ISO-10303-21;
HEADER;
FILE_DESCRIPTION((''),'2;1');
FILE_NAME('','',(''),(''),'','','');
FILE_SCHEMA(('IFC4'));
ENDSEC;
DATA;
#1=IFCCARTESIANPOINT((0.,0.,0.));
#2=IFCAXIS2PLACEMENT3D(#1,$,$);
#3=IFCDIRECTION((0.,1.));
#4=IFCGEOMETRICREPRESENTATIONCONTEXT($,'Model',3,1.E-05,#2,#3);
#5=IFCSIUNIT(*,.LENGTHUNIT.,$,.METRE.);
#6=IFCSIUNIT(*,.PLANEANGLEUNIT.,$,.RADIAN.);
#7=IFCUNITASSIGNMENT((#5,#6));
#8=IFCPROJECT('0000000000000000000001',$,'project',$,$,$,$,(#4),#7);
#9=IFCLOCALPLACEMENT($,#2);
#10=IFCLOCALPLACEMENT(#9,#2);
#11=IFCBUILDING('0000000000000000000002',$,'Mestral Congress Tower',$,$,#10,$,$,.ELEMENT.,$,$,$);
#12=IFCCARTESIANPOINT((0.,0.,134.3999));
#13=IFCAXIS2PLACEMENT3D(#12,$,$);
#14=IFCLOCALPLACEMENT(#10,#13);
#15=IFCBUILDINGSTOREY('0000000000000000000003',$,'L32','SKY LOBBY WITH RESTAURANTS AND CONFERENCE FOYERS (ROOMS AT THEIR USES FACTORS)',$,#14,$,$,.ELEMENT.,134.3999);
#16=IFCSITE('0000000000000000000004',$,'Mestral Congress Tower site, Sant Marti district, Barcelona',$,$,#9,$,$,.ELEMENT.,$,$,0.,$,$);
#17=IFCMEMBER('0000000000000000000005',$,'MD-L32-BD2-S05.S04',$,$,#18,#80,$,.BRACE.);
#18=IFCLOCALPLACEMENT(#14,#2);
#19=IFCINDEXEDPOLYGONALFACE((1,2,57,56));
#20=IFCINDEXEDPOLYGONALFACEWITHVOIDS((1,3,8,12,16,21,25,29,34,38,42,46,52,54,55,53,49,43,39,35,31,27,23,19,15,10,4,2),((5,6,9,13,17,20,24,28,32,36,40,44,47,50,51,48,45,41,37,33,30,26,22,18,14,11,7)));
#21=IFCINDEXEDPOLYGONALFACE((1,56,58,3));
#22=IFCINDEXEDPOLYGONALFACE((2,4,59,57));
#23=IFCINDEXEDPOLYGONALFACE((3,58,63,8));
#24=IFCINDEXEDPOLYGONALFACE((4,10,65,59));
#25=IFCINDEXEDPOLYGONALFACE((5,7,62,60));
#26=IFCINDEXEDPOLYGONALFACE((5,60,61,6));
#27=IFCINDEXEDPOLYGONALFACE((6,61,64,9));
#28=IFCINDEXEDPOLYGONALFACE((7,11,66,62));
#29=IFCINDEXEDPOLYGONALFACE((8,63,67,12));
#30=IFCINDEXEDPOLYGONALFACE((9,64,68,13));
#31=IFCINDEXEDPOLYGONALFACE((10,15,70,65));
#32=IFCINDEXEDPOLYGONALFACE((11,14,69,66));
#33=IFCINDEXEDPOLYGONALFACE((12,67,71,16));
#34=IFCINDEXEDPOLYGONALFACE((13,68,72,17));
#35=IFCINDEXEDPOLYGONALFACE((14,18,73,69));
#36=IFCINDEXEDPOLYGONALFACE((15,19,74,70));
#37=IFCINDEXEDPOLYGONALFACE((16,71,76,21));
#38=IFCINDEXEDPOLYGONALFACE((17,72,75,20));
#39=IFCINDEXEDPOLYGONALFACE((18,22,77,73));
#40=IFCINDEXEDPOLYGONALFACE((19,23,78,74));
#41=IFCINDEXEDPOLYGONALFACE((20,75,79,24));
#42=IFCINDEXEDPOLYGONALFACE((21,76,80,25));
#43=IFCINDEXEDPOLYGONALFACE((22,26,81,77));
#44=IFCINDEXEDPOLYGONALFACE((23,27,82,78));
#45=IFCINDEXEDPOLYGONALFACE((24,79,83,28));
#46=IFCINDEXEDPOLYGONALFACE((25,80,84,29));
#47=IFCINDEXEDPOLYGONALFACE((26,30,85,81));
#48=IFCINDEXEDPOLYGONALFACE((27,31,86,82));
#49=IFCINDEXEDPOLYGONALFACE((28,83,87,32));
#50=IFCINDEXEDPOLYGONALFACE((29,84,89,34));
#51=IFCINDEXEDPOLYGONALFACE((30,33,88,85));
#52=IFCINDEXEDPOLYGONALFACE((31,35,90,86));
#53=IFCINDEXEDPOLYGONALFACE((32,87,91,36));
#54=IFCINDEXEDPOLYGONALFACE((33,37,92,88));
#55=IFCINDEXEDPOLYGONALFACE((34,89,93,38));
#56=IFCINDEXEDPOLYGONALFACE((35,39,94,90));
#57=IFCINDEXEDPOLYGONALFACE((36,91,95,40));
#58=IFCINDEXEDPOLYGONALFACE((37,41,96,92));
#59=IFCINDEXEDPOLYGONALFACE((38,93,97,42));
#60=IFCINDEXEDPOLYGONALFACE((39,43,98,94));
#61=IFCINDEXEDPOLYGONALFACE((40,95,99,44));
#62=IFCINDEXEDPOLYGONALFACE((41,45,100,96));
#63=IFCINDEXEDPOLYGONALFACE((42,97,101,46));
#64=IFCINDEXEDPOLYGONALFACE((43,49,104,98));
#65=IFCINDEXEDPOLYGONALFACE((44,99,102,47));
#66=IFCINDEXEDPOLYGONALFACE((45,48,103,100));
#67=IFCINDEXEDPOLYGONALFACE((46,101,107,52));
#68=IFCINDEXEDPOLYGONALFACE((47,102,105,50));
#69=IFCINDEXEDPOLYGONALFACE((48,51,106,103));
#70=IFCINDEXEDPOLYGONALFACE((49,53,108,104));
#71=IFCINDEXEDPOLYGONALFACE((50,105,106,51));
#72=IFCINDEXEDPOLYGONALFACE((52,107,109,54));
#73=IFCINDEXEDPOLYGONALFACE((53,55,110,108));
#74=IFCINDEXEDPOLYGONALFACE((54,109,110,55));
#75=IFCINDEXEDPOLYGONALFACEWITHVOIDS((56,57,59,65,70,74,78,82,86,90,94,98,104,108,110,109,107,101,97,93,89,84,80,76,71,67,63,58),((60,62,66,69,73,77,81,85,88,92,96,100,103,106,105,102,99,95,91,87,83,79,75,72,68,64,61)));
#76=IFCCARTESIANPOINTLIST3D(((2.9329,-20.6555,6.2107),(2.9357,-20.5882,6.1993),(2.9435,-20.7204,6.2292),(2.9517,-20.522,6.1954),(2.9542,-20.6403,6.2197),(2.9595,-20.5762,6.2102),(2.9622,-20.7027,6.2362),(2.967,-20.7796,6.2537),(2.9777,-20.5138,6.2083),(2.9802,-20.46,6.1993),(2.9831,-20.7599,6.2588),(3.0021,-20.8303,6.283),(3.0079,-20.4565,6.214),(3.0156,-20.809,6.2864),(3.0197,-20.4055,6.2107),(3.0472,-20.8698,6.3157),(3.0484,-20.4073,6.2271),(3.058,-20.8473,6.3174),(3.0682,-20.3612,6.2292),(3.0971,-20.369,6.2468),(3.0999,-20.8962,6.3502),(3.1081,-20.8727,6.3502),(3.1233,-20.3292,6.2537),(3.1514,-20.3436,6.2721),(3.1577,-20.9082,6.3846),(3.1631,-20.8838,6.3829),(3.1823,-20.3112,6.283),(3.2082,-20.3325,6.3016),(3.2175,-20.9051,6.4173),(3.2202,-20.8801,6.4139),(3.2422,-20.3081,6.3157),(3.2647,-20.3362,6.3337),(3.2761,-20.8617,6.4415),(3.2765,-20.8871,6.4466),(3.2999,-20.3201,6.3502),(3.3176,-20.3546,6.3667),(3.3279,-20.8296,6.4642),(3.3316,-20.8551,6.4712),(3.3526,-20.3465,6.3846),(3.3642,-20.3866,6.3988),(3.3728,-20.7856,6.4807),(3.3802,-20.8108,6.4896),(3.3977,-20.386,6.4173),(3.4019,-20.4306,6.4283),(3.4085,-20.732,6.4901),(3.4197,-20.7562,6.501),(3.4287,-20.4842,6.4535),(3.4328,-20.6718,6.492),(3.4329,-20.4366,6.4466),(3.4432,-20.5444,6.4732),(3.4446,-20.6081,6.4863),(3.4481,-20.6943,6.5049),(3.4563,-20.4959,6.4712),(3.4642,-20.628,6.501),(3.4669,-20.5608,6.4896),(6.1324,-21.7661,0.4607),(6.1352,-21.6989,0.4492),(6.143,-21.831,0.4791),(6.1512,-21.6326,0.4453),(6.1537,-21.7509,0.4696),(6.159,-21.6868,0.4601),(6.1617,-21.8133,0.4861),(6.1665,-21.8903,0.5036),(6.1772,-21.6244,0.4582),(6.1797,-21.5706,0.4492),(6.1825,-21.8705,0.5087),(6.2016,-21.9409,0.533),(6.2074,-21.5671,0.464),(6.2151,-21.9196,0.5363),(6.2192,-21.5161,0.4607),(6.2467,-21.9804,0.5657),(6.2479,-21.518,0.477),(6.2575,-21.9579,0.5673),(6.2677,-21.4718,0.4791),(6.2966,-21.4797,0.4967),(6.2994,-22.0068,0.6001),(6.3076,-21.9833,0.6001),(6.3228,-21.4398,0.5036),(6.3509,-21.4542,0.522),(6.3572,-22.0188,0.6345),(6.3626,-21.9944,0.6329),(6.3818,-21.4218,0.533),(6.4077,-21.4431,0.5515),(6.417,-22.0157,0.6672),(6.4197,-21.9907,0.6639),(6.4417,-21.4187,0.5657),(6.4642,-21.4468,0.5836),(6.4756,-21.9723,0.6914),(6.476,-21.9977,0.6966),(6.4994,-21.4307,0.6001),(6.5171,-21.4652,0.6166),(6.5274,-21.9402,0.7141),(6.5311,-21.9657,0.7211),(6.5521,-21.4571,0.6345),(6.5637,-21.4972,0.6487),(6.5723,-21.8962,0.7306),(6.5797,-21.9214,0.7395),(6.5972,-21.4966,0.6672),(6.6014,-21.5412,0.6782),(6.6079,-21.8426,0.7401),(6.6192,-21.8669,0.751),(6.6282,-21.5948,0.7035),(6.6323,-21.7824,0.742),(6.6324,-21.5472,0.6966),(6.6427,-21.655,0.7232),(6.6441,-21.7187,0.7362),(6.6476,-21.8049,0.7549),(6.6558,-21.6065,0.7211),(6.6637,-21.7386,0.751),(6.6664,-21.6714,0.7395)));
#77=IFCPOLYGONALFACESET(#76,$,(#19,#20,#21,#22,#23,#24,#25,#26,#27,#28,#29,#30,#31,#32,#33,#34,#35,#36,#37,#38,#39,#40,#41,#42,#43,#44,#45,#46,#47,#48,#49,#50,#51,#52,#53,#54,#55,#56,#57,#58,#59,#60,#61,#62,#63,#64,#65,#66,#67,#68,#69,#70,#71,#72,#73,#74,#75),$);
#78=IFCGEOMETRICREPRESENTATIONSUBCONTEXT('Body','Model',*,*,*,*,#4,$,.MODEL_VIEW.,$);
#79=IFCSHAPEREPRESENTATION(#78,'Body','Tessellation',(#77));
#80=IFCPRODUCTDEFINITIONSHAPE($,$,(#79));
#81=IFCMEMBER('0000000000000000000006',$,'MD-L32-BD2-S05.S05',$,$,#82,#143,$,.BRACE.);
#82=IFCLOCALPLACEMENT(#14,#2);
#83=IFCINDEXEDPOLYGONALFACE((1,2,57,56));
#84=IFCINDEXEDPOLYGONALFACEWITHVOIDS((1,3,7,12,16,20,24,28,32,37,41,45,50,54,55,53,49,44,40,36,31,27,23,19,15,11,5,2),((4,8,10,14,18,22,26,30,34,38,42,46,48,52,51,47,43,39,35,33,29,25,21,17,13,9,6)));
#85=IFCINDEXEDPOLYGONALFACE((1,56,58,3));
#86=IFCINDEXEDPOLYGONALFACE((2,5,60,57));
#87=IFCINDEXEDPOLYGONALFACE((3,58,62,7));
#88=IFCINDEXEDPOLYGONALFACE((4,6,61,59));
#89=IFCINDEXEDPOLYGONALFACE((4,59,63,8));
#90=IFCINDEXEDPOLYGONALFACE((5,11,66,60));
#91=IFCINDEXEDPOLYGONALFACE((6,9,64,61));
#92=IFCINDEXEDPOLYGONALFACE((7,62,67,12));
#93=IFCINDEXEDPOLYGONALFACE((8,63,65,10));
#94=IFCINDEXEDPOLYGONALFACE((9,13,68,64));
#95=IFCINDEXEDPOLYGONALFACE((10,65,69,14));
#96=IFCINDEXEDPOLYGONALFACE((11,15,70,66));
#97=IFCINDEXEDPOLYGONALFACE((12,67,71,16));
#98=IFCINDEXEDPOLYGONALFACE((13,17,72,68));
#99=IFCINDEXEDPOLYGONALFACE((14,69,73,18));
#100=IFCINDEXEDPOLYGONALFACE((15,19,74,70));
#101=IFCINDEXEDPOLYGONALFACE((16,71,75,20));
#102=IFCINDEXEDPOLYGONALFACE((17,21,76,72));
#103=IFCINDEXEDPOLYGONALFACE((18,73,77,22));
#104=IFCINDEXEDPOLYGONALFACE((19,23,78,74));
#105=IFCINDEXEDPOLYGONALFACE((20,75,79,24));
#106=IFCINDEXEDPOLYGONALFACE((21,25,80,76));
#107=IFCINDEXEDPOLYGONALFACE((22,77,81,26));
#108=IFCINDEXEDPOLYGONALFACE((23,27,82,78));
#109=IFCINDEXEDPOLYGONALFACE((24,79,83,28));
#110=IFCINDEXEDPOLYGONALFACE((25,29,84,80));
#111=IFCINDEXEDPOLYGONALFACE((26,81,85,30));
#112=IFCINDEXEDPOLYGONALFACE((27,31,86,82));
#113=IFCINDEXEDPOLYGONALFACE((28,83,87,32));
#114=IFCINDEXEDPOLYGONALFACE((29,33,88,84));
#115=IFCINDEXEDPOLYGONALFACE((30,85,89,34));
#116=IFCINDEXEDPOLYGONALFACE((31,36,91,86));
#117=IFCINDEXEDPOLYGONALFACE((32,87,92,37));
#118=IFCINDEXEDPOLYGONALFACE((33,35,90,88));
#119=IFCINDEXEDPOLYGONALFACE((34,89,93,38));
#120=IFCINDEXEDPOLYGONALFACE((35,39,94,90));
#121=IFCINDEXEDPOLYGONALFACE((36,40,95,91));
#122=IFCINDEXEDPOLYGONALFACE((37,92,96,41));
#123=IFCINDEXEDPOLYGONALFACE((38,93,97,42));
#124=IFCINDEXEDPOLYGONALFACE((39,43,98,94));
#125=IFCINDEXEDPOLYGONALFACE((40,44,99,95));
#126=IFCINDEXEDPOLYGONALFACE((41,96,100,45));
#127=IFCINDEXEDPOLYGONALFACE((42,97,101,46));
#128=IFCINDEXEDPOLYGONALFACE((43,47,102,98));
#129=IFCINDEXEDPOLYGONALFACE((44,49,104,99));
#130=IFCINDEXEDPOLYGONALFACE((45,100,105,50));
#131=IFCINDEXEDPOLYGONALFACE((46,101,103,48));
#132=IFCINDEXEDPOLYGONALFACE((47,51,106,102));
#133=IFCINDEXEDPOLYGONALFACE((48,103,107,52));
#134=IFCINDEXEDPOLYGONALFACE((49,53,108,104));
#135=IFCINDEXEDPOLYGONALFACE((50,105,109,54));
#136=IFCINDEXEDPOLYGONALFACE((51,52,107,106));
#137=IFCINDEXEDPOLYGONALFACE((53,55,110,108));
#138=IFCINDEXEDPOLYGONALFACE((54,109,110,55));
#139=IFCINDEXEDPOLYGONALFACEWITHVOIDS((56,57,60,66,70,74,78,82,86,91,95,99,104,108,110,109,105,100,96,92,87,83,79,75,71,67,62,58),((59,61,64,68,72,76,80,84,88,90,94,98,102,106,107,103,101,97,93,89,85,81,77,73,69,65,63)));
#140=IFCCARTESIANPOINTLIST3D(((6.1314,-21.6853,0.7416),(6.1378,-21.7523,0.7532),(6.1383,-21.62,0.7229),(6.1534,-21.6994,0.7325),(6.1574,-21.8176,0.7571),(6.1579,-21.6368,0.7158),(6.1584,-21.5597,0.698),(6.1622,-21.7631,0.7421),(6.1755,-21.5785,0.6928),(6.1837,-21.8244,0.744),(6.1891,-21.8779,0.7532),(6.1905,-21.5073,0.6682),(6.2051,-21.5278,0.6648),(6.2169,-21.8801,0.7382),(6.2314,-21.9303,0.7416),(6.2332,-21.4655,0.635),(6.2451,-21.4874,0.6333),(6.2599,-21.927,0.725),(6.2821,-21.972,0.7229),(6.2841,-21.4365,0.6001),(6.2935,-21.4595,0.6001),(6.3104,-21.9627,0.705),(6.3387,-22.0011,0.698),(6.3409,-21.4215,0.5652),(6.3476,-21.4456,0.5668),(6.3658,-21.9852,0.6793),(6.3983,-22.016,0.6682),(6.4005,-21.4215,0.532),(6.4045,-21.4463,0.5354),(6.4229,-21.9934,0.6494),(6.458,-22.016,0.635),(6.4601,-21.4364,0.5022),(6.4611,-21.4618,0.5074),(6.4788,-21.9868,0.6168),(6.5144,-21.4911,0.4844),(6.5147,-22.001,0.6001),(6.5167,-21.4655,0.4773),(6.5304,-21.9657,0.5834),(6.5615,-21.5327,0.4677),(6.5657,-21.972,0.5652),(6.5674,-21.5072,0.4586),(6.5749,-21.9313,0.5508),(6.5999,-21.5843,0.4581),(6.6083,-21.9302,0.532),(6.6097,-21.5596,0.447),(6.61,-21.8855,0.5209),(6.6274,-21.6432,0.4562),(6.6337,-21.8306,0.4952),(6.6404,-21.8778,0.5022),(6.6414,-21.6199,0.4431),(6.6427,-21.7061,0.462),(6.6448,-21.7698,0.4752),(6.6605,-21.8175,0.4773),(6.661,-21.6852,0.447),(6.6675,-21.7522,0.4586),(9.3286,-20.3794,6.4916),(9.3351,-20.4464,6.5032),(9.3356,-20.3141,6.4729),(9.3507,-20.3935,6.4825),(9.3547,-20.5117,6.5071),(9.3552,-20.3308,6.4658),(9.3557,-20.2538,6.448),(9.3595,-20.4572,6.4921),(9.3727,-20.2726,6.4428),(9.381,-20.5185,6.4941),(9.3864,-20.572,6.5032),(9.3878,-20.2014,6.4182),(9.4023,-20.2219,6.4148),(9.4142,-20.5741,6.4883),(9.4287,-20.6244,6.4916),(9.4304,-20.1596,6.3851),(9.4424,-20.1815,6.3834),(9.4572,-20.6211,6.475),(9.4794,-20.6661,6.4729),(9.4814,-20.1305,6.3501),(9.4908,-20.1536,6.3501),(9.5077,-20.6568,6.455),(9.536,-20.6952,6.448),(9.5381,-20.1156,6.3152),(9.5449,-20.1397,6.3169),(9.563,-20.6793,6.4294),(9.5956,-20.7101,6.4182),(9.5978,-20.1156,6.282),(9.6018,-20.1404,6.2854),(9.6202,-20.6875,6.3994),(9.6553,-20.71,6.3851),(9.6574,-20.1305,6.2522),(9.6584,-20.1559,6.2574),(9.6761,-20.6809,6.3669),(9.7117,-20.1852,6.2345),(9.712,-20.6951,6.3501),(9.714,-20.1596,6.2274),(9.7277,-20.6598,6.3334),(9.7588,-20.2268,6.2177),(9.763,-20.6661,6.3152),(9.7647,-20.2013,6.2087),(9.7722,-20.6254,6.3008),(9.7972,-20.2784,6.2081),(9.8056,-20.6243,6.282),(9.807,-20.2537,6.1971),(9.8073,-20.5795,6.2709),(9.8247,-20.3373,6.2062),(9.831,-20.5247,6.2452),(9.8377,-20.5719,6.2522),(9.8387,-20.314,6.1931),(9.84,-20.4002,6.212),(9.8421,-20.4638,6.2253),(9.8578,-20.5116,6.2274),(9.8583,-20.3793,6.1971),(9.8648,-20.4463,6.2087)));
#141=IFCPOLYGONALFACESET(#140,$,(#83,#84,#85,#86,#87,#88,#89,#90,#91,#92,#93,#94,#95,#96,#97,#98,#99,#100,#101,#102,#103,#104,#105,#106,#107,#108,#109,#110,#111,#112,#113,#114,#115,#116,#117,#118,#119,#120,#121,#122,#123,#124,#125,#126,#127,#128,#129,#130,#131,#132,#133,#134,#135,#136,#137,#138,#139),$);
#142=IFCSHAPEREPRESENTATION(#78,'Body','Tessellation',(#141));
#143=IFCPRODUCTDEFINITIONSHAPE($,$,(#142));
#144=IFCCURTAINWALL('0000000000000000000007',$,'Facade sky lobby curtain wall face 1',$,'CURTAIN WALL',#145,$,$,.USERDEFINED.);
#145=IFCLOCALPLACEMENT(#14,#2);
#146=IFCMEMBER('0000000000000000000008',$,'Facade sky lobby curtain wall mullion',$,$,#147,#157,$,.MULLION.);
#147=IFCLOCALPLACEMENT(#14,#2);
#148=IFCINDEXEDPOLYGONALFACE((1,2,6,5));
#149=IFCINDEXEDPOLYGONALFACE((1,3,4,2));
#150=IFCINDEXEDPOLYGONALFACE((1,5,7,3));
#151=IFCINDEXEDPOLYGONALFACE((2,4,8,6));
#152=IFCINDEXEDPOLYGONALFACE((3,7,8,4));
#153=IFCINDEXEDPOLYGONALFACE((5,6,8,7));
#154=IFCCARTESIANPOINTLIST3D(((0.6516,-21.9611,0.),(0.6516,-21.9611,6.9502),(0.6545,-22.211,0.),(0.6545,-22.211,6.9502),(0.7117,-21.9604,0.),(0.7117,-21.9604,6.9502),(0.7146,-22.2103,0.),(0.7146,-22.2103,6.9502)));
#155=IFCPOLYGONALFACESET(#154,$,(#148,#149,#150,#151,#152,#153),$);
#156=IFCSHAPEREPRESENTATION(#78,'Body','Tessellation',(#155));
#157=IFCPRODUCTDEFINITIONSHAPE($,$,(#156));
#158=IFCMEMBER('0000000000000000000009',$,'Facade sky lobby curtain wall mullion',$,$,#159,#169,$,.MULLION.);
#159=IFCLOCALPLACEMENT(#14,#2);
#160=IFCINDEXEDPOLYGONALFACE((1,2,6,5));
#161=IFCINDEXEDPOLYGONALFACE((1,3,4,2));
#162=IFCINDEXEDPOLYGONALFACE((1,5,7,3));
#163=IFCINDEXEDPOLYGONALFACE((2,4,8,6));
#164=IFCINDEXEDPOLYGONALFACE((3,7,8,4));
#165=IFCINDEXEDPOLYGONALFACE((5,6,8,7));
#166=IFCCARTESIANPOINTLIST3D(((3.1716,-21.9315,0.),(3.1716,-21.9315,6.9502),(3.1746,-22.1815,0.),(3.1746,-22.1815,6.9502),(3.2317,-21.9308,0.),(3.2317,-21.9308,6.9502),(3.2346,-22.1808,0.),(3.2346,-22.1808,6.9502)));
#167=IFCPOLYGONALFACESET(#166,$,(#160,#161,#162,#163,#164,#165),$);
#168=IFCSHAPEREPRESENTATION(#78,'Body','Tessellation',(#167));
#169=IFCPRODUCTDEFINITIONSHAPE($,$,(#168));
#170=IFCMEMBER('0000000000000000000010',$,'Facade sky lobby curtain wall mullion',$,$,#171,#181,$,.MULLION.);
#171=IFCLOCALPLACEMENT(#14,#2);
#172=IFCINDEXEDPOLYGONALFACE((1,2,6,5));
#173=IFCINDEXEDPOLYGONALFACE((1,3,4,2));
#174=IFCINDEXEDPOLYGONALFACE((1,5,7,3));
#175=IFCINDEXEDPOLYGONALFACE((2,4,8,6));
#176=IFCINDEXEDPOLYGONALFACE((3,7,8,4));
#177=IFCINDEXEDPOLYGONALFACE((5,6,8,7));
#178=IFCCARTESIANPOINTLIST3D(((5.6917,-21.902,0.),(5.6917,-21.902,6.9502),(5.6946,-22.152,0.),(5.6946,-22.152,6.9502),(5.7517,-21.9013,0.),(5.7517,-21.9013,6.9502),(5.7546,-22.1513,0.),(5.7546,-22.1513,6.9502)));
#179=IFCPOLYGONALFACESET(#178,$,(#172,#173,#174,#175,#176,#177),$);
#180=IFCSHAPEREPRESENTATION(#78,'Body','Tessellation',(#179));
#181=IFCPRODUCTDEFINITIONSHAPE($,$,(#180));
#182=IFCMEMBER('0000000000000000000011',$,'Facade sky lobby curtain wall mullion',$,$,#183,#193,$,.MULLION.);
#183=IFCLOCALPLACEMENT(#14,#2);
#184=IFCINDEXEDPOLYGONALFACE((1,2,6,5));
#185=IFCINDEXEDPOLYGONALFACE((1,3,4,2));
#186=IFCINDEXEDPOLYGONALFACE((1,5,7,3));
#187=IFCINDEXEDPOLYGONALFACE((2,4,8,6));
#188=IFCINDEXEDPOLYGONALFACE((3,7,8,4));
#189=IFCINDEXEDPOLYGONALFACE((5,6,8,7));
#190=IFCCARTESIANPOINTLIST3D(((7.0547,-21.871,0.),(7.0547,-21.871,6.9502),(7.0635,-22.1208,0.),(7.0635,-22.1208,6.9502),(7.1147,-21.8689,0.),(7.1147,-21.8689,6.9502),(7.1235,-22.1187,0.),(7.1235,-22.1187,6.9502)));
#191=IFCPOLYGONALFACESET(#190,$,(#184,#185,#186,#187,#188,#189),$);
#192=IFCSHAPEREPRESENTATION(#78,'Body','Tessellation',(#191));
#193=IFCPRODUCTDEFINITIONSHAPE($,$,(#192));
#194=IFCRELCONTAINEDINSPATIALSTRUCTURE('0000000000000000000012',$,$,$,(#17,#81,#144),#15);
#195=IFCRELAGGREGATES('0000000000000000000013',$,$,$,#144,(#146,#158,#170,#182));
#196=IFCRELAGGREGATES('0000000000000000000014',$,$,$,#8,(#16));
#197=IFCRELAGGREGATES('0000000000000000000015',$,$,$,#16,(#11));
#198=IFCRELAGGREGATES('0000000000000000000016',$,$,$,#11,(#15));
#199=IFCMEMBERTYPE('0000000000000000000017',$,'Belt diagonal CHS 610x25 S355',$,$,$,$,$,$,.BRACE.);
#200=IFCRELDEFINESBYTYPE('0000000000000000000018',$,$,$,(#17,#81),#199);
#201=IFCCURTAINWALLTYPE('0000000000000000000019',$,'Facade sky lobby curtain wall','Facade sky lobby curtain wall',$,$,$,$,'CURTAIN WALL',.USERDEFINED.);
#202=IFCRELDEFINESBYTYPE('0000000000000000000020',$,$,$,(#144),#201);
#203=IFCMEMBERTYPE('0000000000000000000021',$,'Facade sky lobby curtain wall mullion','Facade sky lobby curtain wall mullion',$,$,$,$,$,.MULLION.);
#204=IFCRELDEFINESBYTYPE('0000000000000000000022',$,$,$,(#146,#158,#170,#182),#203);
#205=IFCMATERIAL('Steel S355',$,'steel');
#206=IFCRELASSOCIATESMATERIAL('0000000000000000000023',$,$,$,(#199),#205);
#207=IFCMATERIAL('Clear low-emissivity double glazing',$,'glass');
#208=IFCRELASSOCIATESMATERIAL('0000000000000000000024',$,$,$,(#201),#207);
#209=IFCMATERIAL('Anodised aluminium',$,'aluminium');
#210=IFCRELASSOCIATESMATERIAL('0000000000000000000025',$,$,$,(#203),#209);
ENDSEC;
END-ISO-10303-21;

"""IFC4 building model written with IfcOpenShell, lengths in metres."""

from ifc_helpers import new_model, si_unit, direction, frame, origin, origin_2d, place, context, subcontext, project, spatial, rectangle, hollow_circle, extrude, material, material_profile, profile_set, type_object, element, aggregate, save


model = new_model("IFC4")

# Units and contexts
model_context = context("Model", 3, precision=1e-05, world=origin(), true_north=direction((0.0, 1.0)))
body_context = subcontext(model_context, "Body", "Model", "MODEL_VIEW")
ifc_project = project(units=[si_unit("LENGTHUNIT", "METRE"), si_unit("PLANEANGLEUNIT", "RADIAN")], contexts=[model_context])

# Site, building, storey
site_placement = place(None, origin())
site = spatial("IfcSite", under=ifc_project, at=site_placement, Name="Mestral Congress Tower site, Sant Marti district, Barcelona", CompositionType="ELEMENT", RefElevation=0.0)
building_placement = place(site_placement, origin())
building = spatial("IfcBuilding", under=site, at=building_placement, Name="Mestral Congress Tower", CompositionType="ELEMENT")
storey_placement = place(building_placement, frame((0.0, 0.0, 134.3999)))
storey = spatial("IfcBuildingStorey", under=building, at=storey_placement, Name="L32", Description="SKY LOBBY WITH RESTAURANTS AND CONFERENCE FOYERS (ROOMS AT THEIR USES FACTORS)", CompositionType="ELEMENT", Elevation=134.3999)

# Members
ifc_material_1 = material(Name="Steel S355", Category="steel")
ifc_material_profile_1 = material_profile(ifc_material_1, hollow_circle(Radius=0.3049, WallThickness=0.0249, at=origin_2d()), Name="CHS 610x25")
ifc_profile_set_1 = profile_set([ifc_material_profile_1], Name="Steel S355")
member_type_1 = type_object("IfcMemberType", Name="Belt diagonal CHS 610x25 S355", PredefinedType="BRACE", material=ifc_profile_set_1)
member_1_placement = place(storey_placement, frame((6.3994, -21.7188, 0.6001), z_axis=(-0.479445, 0.166425, 0.861647), x_axis=(-0.327925, -0.944704, 0.0)))
element("IfcMember", 1, at=member_1_placement, inside=storey, type_object=member_type_1, Name="MD-L32-BD2-S05.S04", PredefinedType="BRACE", context=body_context, shape_type="SweptSolid", body=[
    extrude(hollow_circle(Radius=0.3049, WallThickness=0.0249, at=origin_2d()), origin(), (0.0, 0.0, 1.0), 6.6733),
])
member_2_placement = place(storey_placement, frame((6.3994, -21.7188, 0.6001), z_axis=(0.476671, 0.194694, 0.857251), x_axis=(-0.378121, 0.925756, 0.0)))
element("IfcMember", 2, at=member_2_placement, inside=storey, type_object=member_type_1, Name="MD-L32-BD2-S05.S05", PredefinedType="BRACE", context=body_context, shape_type="SweptSolid", body=[
    extrude(hollow_circle(Radius=0.3049, WallThickness=0.0249, at=origin_2d()), origin(), (0.0, 0.0, 1.0), 6.7075),
])

# Curtain wall, members
ifc_material_2 = material(Name="Clear low-emissivity double glazing", Category="glass")
curtain_wall_type = type_object("IfcCurtainWallType", Name="Facade sky lobby curtain wall", Description="Facade sky lobby curtain wall", ElementType="CURTAIN WALL", PredefinedType="USERDEFINED", material=ifc_material_2)
curtain_wall_placement = place(storey_placement, origin())
curtain_wall = element("IfcCurtainWall", 3, at=curtain_wall_placement, inside=storey, type_object=curtain_wall_type, Name="Facade sky lobby curtain wall face 1", ObjectType="CURTAIN WALL", PredefinedType="USERDEFINED")
ifc_material_3 = material(Name="Anodised aluminium", Category="aluminium")
ifc_material_profile_2 = material_profile(ifc_material_3, rectangle(XDim=0.25, YDim=0.0601, at=origin_2d()), Name="CW1 mullion 250 x 60")
ifc_profile_set_2 = profile_set([ifc_material_profile_2], Name="Anodised aluminium")
member_type_2 = type_object("IfcMemberType", Name="Facade sky lobby curtain wall mullion", Description="Facade sky lobby curtain wall mullion", PredefinedType="MULLION", material=ifc_profile_set_2)
member_3_placement = place(storey_placement, frame((0.6831, -22.0857, 0.0), z_axis=(0.0, 0.0, 1.0), x_axis=(0.0117, -0.999932, 0.0)))
member_3 = element("IfcMember", 4, at=member_3_placement, type_object=member_type_2, Name="Facade sky lobby curtain wall mullion", PredefinedType="MULLION", context=body_context, shape_type="SweptSolid", body=[
    extrude(rectangle(XDim=0.25, YDim=0.0601, at=origin_2d()), origin(), (0.0, 0.0, 1.0), 6.9502),
])
member_4_placement = place(storey_placement, frame((3.2031, -22.0562, 0.0), z_axis=(0.0, 0.0, 1.0), x_axis=(0.0117, -0.999932, 0.0)))
member_4 = element("IfcMember", 5, at=member_4_placement, type_object=member_type_2, Name="Facade sky lobby curtain wall mullion", PredefinedType="MULLION", context=body_context, shape_type="SweptSolid", body=[
    extrude(rectangle(XDim=0.25, YDim=0.0601, at=origin_2d()), origin(), (0.0, 0.0, 1.0), 6.9502),
])
member_5_placement = place(storey_placement, frame((5.7231, -22.0266, 0.0), z_axis=(0.0, 0.0, 1.0), x_axis=(0.0117, -0.999932, 0.0)))
member_5 = element("IfcMember", 6, at=member_5_placement, type_object=member_type_2, Name="Facade sky lobby curtain wall mullion", PredefinedType="MULLION", context=body_context, shape_type="SweptSolid", body=[
    extrude(rectangle(XDim=0.25, YDim=0.0601, at=origin_2d()), origin(), (0.0, 0.0, 1.0), 6.9502),
])
member_6_placement = place(storey_placement, frame((7.0891, -21.9949, 0.0), z_axis=(0.0, 0.0, 1.0), x_axis=(0.035067, -0.999385, 0.0)))
member_6 = element("IfcMember", 7, at=member_6_placement, type_object=member_type_2, Name="Facade sky lobby curtain wall mullion", PredefinedType="MULLION", context=body_context, shape_type="SweptSolid", body=[
    extrude(rectangle(XDim=0.25, YDim=0.0601, at=origin_2d()), origin(), (0.0, 0.0, 1.0), 6.9502),
])

aggregate(curtain_wall, [member_3, member_4, member_5, member_6])

save(model, "model.ifc")
